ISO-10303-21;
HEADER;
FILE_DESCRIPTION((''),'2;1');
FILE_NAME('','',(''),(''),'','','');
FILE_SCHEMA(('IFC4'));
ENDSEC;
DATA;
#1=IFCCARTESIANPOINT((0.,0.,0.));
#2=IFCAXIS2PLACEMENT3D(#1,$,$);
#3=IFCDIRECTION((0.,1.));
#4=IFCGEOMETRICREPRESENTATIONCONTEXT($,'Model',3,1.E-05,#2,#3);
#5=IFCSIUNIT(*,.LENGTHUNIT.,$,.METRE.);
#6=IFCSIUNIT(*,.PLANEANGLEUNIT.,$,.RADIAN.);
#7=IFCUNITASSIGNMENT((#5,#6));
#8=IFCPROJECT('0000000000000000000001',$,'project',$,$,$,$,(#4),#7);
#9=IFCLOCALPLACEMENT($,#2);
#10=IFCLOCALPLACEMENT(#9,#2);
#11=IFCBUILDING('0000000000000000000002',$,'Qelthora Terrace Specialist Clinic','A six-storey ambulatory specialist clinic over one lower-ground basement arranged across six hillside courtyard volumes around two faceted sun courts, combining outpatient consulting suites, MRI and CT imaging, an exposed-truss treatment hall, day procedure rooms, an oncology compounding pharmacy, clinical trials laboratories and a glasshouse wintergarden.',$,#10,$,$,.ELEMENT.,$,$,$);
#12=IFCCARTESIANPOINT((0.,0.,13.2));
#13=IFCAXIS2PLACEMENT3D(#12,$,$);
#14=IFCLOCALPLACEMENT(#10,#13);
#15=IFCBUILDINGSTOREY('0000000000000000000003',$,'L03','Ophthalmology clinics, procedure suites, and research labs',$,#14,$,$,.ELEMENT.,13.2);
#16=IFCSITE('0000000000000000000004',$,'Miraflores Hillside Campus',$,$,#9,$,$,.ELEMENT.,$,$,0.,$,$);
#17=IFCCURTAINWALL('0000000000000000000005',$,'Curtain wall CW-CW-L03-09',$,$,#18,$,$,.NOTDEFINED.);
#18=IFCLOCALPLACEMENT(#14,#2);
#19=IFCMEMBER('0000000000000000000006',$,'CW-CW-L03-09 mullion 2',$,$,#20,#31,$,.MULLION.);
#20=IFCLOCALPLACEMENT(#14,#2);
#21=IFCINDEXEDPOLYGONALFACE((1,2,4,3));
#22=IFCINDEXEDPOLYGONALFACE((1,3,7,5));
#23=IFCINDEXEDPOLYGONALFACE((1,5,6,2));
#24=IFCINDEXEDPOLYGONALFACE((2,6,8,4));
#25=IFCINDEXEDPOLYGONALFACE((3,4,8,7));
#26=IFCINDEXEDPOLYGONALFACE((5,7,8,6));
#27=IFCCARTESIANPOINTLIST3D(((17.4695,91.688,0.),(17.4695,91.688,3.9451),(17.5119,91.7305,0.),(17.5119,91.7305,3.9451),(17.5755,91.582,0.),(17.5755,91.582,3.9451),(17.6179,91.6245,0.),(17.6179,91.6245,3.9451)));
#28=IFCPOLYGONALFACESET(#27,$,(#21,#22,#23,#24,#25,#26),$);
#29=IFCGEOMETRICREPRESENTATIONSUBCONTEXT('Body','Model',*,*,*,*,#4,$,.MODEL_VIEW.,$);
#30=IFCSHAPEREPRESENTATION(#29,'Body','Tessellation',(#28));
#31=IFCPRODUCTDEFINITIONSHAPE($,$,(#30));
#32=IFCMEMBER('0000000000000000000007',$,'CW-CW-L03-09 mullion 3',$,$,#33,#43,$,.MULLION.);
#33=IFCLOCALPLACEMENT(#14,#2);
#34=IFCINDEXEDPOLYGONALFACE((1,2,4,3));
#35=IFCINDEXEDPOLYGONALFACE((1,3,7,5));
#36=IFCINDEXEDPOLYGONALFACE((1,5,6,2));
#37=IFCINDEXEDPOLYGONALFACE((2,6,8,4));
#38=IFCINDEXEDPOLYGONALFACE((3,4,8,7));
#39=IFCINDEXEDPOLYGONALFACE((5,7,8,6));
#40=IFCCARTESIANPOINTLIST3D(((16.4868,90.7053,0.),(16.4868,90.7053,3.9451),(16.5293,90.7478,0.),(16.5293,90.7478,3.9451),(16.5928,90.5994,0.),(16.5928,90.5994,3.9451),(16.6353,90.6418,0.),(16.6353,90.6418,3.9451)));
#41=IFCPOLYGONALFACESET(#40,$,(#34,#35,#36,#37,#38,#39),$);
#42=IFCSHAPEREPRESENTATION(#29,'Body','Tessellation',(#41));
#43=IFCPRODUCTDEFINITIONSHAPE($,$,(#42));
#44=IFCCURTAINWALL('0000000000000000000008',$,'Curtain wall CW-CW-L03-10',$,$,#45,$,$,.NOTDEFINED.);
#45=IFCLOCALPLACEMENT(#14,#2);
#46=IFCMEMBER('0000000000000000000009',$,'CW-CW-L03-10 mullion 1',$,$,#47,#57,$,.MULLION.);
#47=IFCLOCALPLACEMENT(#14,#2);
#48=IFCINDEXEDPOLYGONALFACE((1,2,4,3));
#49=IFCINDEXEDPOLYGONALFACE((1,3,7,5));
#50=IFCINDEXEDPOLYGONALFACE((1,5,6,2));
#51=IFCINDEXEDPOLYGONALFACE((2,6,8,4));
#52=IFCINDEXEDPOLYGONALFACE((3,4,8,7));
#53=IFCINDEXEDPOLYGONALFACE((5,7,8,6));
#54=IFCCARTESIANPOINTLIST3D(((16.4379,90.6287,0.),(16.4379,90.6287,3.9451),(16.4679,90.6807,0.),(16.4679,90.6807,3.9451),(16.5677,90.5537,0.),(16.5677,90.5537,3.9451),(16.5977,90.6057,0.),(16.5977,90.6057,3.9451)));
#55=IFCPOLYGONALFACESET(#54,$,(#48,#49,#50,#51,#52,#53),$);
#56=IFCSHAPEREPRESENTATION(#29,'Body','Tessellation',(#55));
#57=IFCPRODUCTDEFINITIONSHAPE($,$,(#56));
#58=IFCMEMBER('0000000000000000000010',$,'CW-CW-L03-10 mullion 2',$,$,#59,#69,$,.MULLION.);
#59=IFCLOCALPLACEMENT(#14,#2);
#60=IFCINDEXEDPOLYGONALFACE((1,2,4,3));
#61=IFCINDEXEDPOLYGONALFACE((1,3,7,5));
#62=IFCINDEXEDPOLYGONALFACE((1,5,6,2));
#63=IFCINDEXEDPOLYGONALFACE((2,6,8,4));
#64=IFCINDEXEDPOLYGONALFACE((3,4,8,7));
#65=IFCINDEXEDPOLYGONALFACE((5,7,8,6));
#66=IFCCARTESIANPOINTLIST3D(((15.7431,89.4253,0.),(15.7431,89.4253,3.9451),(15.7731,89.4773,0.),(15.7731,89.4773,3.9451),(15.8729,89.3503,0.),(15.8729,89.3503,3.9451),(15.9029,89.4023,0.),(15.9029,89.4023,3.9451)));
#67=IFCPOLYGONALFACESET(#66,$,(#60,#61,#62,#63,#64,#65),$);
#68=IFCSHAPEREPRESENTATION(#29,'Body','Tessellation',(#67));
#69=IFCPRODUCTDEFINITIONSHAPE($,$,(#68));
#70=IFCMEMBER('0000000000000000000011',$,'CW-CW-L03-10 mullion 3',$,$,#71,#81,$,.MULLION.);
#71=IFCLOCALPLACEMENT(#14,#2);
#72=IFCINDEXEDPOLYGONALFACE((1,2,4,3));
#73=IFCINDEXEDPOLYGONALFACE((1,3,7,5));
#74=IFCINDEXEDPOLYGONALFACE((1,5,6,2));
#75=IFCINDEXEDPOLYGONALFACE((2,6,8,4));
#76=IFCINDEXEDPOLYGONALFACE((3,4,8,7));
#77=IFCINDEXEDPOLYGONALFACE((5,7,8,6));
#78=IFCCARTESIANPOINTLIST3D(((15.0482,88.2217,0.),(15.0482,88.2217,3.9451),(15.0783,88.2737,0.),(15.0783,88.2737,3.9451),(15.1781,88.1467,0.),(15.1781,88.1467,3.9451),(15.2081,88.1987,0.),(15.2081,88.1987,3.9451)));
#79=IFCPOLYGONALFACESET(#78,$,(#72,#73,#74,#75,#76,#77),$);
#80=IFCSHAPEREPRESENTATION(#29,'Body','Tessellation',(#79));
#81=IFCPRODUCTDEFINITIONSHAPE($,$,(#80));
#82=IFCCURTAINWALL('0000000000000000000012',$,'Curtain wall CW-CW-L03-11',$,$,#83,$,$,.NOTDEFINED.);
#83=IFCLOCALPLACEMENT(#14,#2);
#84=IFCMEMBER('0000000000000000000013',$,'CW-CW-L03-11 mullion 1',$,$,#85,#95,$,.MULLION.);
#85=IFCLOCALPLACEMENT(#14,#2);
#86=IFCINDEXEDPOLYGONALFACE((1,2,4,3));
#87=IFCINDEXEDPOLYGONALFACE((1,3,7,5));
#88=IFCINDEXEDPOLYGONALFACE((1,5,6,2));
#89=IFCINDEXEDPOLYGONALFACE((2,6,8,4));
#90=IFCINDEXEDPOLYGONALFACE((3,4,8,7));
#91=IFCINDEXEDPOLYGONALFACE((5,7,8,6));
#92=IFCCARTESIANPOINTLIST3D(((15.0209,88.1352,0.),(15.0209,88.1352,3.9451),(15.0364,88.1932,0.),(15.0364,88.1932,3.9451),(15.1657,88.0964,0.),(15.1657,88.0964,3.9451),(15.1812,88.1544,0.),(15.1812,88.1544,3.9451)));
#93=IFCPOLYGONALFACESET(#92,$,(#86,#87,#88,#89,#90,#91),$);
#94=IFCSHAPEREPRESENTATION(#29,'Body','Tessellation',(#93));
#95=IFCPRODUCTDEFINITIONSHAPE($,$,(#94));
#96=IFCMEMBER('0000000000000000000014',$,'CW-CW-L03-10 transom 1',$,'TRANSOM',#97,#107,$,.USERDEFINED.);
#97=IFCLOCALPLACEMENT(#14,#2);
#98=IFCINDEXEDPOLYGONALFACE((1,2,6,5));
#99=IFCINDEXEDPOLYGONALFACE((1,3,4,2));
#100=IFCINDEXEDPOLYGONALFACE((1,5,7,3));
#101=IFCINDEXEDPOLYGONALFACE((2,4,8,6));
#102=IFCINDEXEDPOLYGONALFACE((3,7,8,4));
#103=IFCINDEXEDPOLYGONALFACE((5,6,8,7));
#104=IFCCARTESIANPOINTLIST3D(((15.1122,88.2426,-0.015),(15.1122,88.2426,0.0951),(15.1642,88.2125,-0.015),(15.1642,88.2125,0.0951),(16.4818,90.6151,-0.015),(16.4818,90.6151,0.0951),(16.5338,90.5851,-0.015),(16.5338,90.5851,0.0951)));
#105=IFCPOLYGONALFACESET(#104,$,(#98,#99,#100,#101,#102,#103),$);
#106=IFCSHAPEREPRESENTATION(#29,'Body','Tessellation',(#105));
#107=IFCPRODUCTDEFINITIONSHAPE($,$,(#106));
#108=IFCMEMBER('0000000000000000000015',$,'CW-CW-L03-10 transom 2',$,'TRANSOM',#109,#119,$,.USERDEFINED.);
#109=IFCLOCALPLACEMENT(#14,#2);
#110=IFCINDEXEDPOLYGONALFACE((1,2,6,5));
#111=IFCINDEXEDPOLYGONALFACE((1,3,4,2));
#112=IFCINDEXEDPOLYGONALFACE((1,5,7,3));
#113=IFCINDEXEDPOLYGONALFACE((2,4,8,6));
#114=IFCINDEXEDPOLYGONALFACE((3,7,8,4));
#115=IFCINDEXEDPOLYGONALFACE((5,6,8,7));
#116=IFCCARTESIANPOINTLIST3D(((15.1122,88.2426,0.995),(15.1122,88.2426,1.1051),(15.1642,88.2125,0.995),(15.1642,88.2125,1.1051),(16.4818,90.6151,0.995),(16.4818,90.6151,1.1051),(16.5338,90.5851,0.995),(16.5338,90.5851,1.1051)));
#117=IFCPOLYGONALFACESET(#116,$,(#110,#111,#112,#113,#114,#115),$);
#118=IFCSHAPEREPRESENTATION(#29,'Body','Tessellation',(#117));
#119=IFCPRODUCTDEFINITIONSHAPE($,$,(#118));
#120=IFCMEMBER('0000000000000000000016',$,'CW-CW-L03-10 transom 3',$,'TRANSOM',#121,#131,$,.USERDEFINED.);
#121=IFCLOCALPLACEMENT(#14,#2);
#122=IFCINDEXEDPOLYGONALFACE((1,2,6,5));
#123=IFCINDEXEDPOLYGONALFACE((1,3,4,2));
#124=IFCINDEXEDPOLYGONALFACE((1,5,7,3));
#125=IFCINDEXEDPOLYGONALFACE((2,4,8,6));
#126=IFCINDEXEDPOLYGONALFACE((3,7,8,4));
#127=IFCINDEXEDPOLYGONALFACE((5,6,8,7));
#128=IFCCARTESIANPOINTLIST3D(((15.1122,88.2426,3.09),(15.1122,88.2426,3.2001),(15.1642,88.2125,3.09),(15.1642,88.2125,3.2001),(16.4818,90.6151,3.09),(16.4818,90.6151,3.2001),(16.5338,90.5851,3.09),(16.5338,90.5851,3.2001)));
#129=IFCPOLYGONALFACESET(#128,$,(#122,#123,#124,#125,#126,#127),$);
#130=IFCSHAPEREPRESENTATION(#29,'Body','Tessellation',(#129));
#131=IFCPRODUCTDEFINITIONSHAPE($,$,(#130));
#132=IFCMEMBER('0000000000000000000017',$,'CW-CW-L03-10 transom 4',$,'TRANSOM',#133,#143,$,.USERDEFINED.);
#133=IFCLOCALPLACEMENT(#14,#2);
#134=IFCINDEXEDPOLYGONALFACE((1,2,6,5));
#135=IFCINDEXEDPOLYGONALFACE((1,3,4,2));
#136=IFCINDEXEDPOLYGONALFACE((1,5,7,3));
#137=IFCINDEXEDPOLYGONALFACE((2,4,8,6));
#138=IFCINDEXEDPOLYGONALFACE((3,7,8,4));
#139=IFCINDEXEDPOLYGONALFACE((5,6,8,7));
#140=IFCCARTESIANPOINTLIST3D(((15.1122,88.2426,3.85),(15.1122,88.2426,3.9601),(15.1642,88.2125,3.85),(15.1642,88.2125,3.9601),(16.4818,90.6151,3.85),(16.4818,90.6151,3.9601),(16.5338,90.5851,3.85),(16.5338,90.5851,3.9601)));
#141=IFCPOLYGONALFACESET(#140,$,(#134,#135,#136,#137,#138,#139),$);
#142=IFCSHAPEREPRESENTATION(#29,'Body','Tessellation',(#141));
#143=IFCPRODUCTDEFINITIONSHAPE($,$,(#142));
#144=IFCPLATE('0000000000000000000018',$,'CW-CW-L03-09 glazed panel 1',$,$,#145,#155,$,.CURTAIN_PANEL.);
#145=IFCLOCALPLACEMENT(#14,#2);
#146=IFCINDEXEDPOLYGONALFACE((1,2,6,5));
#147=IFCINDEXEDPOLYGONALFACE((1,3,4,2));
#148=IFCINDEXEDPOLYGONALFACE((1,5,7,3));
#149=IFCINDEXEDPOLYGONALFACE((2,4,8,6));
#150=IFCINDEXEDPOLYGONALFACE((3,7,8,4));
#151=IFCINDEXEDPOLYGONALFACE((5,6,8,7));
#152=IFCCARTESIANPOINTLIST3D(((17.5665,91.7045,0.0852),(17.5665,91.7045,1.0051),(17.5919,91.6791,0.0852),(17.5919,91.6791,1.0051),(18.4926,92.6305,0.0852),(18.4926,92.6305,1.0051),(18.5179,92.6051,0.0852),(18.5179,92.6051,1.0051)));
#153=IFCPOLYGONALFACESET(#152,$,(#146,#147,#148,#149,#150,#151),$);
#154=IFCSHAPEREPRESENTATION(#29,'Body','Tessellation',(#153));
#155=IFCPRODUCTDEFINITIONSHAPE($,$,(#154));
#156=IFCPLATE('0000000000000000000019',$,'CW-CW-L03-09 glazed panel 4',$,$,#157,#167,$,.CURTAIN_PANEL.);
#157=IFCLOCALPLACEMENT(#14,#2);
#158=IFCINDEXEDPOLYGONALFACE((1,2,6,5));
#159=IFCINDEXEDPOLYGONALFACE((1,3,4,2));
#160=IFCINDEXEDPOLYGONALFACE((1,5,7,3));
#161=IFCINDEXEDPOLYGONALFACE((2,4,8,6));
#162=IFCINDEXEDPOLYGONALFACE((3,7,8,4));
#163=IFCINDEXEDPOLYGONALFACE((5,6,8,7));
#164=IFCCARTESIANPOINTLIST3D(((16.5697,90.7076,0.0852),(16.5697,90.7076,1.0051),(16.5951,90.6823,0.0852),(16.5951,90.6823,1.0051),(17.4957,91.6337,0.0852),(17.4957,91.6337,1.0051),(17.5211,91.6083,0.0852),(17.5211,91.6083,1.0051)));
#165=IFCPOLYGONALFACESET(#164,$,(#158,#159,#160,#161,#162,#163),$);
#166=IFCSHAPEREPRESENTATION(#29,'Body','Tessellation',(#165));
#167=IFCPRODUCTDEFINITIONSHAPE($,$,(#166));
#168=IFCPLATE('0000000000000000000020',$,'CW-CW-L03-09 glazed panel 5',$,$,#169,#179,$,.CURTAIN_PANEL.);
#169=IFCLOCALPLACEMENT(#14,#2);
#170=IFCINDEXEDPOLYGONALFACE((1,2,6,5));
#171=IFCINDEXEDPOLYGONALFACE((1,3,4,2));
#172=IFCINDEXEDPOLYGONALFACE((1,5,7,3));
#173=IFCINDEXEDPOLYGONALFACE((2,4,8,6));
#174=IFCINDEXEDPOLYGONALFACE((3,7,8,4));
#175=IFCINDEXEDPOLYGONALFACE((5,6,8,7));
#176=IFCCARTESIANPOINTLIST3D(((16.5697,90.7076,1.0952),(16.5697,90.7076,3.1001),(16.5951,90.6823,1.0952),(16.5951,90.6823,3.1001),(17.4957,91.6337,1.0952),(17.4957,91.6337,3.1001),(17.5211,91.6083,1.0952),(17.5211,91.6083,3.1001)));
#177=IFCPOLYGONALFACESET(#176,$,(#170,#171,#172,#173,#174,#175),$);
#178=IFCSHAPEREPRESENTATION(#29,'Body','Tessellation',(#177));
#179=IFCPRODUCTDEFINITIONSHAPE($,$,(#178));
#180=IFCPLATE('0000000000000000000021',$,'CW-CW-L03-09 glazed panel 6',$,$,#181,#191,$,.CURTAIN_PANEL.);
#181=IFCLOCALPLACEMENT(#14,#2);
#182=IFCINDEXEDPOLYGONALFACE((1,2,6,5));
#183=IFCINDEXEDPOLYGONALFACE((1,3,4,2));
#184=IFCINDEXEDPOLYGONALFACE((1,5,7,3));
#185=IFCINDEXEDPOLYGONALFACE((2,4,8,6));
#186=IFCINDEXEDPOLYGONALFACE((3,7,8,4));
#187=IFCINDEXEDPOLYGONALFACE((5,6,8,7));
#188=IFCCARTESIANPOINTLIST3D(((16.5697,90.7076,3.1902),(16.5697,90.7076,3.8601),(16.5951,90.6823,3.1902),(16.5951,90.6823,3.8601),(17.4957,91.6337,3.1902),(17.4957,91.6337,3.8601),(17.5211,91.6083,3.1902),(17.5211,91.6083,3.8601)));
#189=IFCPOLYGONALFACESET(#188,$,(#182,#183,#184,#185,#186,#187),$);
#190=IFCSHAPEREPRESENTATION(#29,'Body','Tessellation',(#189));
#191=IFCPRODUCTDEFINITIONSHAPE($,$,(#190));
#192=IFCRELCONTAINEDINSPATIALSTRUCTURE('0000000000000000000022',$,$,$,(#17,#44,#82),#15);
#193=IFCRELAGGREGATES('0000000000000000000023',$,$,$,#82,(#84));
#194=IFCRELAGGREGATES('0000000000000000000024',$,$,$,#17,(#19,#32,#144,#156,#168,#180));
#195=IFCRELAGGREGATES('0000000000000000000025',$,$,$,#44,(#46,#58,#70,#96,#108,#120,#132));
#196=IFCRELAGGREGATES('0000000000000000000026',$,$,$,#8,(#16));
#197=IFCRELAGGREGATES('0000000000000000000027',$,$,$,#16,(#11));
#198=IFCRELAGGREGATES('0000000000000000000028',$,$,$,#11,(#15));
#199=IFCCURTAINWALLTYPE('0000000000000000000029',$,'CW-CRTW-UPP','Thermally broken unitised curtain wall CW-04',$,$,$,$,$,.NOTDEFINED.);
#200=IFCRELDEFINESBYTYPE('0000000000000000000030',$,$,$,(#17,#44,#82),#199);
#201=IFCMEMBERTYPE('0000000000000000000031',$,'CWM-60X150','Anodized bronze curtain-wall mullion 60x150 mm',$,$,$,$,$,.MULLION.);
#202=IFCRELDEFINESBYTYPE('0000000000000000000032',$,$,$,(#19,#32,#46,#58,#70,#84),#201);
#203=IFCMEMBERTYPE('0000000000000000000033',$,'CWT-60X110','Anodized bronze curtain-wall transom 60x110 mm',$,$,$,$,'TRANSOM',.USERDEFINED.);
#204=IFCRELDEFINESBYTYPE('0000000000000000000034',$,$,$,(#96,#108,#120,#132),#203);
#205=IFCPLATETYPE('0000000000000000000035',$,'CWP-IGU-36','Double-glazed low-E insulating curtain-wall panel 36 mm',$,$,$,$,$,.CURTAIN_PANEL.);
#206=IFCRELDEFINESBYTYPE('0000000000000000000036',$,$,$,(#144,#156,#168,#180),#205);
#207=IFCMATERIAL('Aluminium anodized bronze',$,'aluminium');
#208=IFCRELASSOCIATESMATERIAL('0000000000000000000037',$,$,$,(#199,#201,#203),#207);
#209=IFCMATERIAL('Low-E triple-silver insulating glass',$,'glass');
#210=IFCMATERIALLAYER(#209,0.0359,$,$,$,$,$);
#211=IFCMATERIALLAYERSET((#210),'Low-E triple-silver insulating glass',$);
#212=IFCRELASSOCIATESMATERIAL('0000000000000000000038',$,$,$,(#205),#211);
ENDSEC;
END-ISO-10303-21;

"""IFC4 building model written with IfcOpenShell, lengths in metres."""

from ifc_helpers import new_model, si_unit, direction, frame, origin, origin_2d, place, context, subcontext, project, spatial, rectangle, extrude, material, layer, layer_set, material_profile, profile_set, type_object, element, aggregate, save


model = new_model("IFC4")

# Units and contexts
model_context = context("Model", 3, precision=1e-05, world=origin(), true_north=direction((0.0, 1.0)))
body_context = subcontext(model_context, "Body", "Model", "MODEL_VIEW")
ifc_project = project(units=[si_unit("LENGTHUNIT", "METRE"), si_unit("PLANEANGLEUNIT", "RADIAN")], contexts=[model_context])

# Site, building, storey
site_placement = place(None, origin())
site = spatial("IfcSite", under=ifc_project, at=site_placement, Name="Miraflores Hillside Campus", CompositionType="ELEMENT", RefElevation=0.0)
building_placement = place(site_placement, origin())
building = spatial("IfcBuilding", under=site, at=building_placement, Name="Qelthora Terrace Specialist Clinic", Description="A six-storey ambulatory specialist clinic over one lower-ground basement arranged across six hillside courtyard volumes around two faceted sun courts, combining outpatient consulting suites, MRI and CT imaging, an exposed-truss treatment hall, day procedure rooms, an oncology compounding pharmacy, clinical trials laboratories and a glasshouse wintergarden.", CompositionType="ELEMENT")
storey_placement = place(building_placement, frame((0.0, 0.0, 13.2)))
storey = spatial("IfcBuildingStorey", under=building, at=storey_placement, Name="L03", Description="Ophthalmology clinics, procedure suites, and research labs", CompositionType="ELEMENT", Elevation=13.2)

# Curtain walls, members
ifc_material_1 = material(Name="Aluminium anodized bronze", Category="aluminium")
curtain_wall_type = type_object("IfcCurtainWallType", Name="CW-CRTW-UPP", Description="Thermally broken unitised curtain wall CW-04", PredefinedType="NOTDEFINED", material=ifc_material_1)
curtain_wall_1_placement = place(storey_placement, origin())
curtain_wall_1 = element("IfcCurtainWall", 1, at=curtain_wall_1_placement, inside=storey, type_object=curtain_wall_type, Name="Curtain wall CW-CW-L03-09", PredefinedType="NOTDEFINED")
ifc_material_profile_1 = material_profile(ifc_material_1, rectangle(XDim=0.0601, YDim=0.1499, at=origin_2d()), Name="CWM60X150")
ifc_profile_set_1 = profile_set([ifc_material_profile_1], Name="Aluminium anodized bronze")
member_type_1 = type_object("IfcMemberType", Name="CWM-60X150", Description="Anodized bronze curtain-wall mullion 60x150 mm", PredefinedType="MULLION", material=ifc_profile_set_1)
member_1_placement = place(storey_placement, frame((17.5437, 91.6562, 0.0), z_axis=(0.0, 0.0, 1.0), x_axis=(-0.707107, -0.707107, 0.0)))
member_1 = element("IfcMember", 2, at=member_1_placement, type_object=member_type_1, Name="CW-CW-L03-09 mullion 2", PredefinedType="MULLION", context=body_context, shape_type="SweptSolid", body=[
    extrude(rectangle(XDim=0.0601, YDim=0.1499, at=origin_2d()), origin(), (0.0, 0.0, 1.0), 3.9451),
])
member_2_placement = place(storey_placement, frame((16.561, 90.6736, 0.0), z_axis=(0.0, 0.0, 1.0), x_axis=(-0.707107, -0.707107, 0.0)))
member_2 = element("IfcMember", 3, at=member_2_placement, type_object=member_type_1, Name="CW-CW-L03-09 mullion 3", PredefinedType="MULLION", context=body_context, shape_type="SweptSolid", body=[
    extrude(rectangle(XDim=0.0601, YDim=0.1499, at=origin_2d()), origin(), (0.0, 0.0, 1.0), 3.9451),
])
curtain_wall_2_placement = place(storey_placement, origin())
curtain_wall_2 = element("IfcCurtainWall", 4, at=curtain_wall_2_placement, inside=storey, type_object=curtain_wall_type, Name="Curtain wall CW-CW-L03-10", PredefinedType="NOTDEFINED")
member_3_placement = place(storey_placement, frame((16.5178, 90.6172, 0.0), z_axis=(0.0, 0.0, 1.0), x_axis=(-0.5, -0.866026, 0.0)))
member_3 = element("IfcMember", 5, at=member_3_placement, type_object=member_type_1, Name="CW-CW-L03-10 mullion 1", PredefinedType="MULLION", context=body_context, shape_type="SweptSolid", body=[
    extrude(rectangle(XDim=0.0601, YDim=0.1499, at=origin_2d()), origin(), (0.0, 0.0, 1.0), 3.9451),
])
member_4_placement = place(storey_placement, frame((15.823, 89.4138, 0.0), z_axis=(0.0, 0.0, 1.0), x_axis=(-0.5, -0.866026, 0.0)))
member_4 = element("IfcMember", 6, at=member_4_placement, type_object=member_type_1, Name="CW-CW-L03-10 mullion 2", PredefinedType="MULLION", context=body_context, shape_type="SweptSolid", body=[
    extrude(rectangle(XDim=0.0601, YDim=0.1499, at=origin_2d()), origin(), (0.0, 0.0, 1.0), 3.9451),
])
member_5_placement = place(storey_placement, frame((15.1282, 88.2102, 0.0), z_axis=(0.0, 0.0, 1.0), x_axis=(-0.5, -0.866026, 0.0)))
member_5 = element("IfcMember", 7, at=member_5_placement, type_object=member_type_1, Name="CW-CW-L03-10 mullion 3", PredefinedType="MULLION", context=body_context, shape_type="SweptSolid", body=[
    extrude(rectangle(XDim=0.0601, YDim=0.1499, at=origin_2d()), origin(), (0.0, 0.0, 1.0), 3.9451),
])

# Curtain wall, member
curtain_wall_3_placement = place(storey_placement, origin())
curtain_wall_3 = element("IfcCurtainWall", 8, at=curtain_wall_3_placement, inside=storey, type_object=curtain_wall_type, Name="Curtain wall CW-CW-L03-11", PredefinedType="NOTDEFINED")
member_6_placement = place(storey_placement, frame((15.1011, 88.1448, 0.0), z_axis=(0.0, 0.0, 1.0), x_axis=(-0.25882, -0.965925, 0.0)))
member_6 = element("IfcMember", 9, at=member_6_placement, type_object=member_type_1, Name="CW-CW-L03-11 mullion 1", PredefinedType="MULLION", context=body_context, shape_type="SweptSolid", body=[
    extrude(rectangle(XDim=0.0601, YDim=0.1499, at=origin_2d()), origin(), (0.0, 0.0, 1.0), 3.9451),
])
aggregate(curtain_wall_3, [member_6])

# Members
ifc_material_profile_2 = material_profile(ifc_material_1, rectangle(XDim=0.0601, YDim=0.1101, at=origin_2d()), Name="CWT60X110")
ifc_profile_set_2 = profile_set([ifc_material_profile_2], Name="Aluminium anodized bronze")
member_type_2 = type_object("IfcMemberType", Name="CWT-60X110", Description="Anodized bronze curtain-wall transom 60x110 mm", ElementType="TRANSOM", PredefinedType="USERDEFINED", material=ifc_profile_set_2)
member_7_placement = place(storey_placement, frame((16.5078, 90.6001, 0.04), z_axis=(-0.499954, -0.866052, 0.0), x_axis=(0.866052, -0.499954, 0.0)))
member_7 = element("IfcMember", 10, at=member_7_placement, type_object=member_type_2, Name="CW-CW-L03-10 transom 1", ObjectType="TRANSOM", PredefinedType="USERDEFINED", context=body_context, shape_type="SweptSolid", body=[
    extrude(rectangle(XDim=0.0601, YDim=0.1101, at=origin_2d()), origin(), (0.0, 0.0, 1.0), 2.7395),
])
member_8_placement = place(storey_placement, frame((16.5078, 90.6001, 1.05), z_axis=(-0.499954, -0.866052, 0.0), x_axis=(0.866052, -0.499954, 0.0)))
member_8 = element("IfcMember", 11, at=member_8_placement, type_object=member_type_2, Name="CW-CW-L03-10 transom 2", ObjectType="TRANSOM", PredefinedType="USERDEFINED", context=body_context, shape_type="SweptSolid", body=[
    extrude(rectangle(XDim=0.0601, YDim=0.1101, at=origin_2d()), origin(), (0.0, 0.0, 1.0), 2.7395),
])
member_9_placement = place(storey_placement, frame((16.5078, 90.6001, 3.145), z_axis=(-0.499954, -0.866052, 0.0), x_axis=(0.866052, -0.499954, 0.0)))
member_9 = element("IfcMember", 12, at=member_9_placement, type_object=member_type_2, Name="CW-CW-L03-10 transom 3", ObjectType="TRANSOM", PredefinedType="USERDEFINED", context=body_context, shape_type="SweptSolid", body=[
    extrude(rectangle(XDim=0.0601, YDim=0.1101, at=origin_2d()), origin(), (0.0, 0.0, 1.0), 2.7395),
])
member_10_placement = place(storey_placement, frame((16.5078, 90.6001, 3.905), z_axis=(-0.499954, -0.866052, 0.0), x_axis=(0.866052, -0.499954, 0.0)))
member_10 = element("IfcMember", 13, at=member_10_placement, type_object=member_type_2, Name="CW-CW-L03-10 transom 4", ObjectType="TRANSOM", PredefinedType="USERDEFINED", context=body_context, shape_type="SweptSolid", body=[
    extrude(rectangle(XDim=0.0601, YDim=0.1101, at=origin_2d()), origin(), (0.0, 0.0, 1.0), 2.7395),
])

# Plates
ifc_material_2 = material(Name="Low-E triple-silver insulating glass", Category="glass")
ifc_layer = layer(ifc_material_2, 0.0359)
ifc_layer_set = layer_set([ifc_layer], Name="Low-E triple-silver insulating glass")
plate_type = type_object("IfcPlateType", Name="CWP-IGU-36", Description="Double-glazed low-E insulating curtain-wall panel 36 mm", PredefinedType="CURTAIN_PANEL", material=ifc_layer_set)
plate_1_placement = place(storey_placement, frame((18.0422, 92.1548, 0.0852), z_axis=(0.0, 0.0, 1.0), x_axis=(-0.707107, -0.707107, 0.0)))
plate_1 = element("IfcPlate", 14, at=plate_1_placement, type_object=plate_type, Name="CW-CW-L03-09 glazed panel 1", PredefinedType="CURTAIN_PANEL", context=body_context, shape_type="SweptSolid", body=[
    extrude(rectangle(XDim=1.3096, YDim=0.0359, at=origin_2d()), origin(), (0.0, 0.0, 1.0), 0.9199),
])
plate_2_placement = place(storey_placement, frame((17.0454, 91.158, 0.0852), z_axis=(0.0, 0.0, 1.0), x_axis=(-0.707107, -0.707107, 0.0)))
plate_2 = element("IfcPlate", 15, at=plate_2_placement, type_object=plate_type, Name="CW-CW-L03-09 glazed panel 4", PredefinedType="CURTAIN_PANEL", context=body_context, shape_type="SweptSolid", body=[
    extrude(rectangle(XDim=1.3096, YDim=0.0359, at=origin_2d()), origin(), (0.0, 0.0, 1.0), 0.9199),
])
plate_3_placement = place(storey_placement, frame((17.0454, 91.158, 1.0952), z_axis=(0.0, 0.0, 1.0), x_axis=(-0.707107, -0.707107, 0.0)))
plate_3 = element("IfcPlate", 16, at=plate_3_placement, type_object=plate_type, Name="CW-CW-L03-09 glazed panel 5", PredefinedType="CURTAIN_PANEL", context=body_context, shape_type="SweptSolid", body=[
    extrude(rectangle(XDim=1.3096, YDim=0.0359, at=origin_2d()), origin(), (0.0, 0.0, 1.0), 2.0049),
])
plate_4_placement = place(storey_placement, frame((17.0454, 91.158, 3.1902), z_axis=(0.0, 0.0, 1.0), x_axis=(-0.707107, -0.707107, 0.0)))
plate_4 = element("IfcPlate", 17, at=plate_4_placement, type_object=plate_type, Name="CW-CW-L03-09 glazed panel 6", PredefinedType="CURTAIN_PANEL", context=body_context, shape_type="SweptSolid", body=[
    extrude(rectangle(XDim=1.3096, YDim=0.0359, at=origin_2d()), origin(), (0.0, 0.0, 1.0), 0.6699),
])
aggregate(curtain_wall_1, [member_1, member_2, plate_1, plate_2, plate_3, plate_4])
aggregate(curtain_wall_2, [member_3, member_4, member_5, member_7, member_8, member_9, member_10])

save(model, "model.ifc")
